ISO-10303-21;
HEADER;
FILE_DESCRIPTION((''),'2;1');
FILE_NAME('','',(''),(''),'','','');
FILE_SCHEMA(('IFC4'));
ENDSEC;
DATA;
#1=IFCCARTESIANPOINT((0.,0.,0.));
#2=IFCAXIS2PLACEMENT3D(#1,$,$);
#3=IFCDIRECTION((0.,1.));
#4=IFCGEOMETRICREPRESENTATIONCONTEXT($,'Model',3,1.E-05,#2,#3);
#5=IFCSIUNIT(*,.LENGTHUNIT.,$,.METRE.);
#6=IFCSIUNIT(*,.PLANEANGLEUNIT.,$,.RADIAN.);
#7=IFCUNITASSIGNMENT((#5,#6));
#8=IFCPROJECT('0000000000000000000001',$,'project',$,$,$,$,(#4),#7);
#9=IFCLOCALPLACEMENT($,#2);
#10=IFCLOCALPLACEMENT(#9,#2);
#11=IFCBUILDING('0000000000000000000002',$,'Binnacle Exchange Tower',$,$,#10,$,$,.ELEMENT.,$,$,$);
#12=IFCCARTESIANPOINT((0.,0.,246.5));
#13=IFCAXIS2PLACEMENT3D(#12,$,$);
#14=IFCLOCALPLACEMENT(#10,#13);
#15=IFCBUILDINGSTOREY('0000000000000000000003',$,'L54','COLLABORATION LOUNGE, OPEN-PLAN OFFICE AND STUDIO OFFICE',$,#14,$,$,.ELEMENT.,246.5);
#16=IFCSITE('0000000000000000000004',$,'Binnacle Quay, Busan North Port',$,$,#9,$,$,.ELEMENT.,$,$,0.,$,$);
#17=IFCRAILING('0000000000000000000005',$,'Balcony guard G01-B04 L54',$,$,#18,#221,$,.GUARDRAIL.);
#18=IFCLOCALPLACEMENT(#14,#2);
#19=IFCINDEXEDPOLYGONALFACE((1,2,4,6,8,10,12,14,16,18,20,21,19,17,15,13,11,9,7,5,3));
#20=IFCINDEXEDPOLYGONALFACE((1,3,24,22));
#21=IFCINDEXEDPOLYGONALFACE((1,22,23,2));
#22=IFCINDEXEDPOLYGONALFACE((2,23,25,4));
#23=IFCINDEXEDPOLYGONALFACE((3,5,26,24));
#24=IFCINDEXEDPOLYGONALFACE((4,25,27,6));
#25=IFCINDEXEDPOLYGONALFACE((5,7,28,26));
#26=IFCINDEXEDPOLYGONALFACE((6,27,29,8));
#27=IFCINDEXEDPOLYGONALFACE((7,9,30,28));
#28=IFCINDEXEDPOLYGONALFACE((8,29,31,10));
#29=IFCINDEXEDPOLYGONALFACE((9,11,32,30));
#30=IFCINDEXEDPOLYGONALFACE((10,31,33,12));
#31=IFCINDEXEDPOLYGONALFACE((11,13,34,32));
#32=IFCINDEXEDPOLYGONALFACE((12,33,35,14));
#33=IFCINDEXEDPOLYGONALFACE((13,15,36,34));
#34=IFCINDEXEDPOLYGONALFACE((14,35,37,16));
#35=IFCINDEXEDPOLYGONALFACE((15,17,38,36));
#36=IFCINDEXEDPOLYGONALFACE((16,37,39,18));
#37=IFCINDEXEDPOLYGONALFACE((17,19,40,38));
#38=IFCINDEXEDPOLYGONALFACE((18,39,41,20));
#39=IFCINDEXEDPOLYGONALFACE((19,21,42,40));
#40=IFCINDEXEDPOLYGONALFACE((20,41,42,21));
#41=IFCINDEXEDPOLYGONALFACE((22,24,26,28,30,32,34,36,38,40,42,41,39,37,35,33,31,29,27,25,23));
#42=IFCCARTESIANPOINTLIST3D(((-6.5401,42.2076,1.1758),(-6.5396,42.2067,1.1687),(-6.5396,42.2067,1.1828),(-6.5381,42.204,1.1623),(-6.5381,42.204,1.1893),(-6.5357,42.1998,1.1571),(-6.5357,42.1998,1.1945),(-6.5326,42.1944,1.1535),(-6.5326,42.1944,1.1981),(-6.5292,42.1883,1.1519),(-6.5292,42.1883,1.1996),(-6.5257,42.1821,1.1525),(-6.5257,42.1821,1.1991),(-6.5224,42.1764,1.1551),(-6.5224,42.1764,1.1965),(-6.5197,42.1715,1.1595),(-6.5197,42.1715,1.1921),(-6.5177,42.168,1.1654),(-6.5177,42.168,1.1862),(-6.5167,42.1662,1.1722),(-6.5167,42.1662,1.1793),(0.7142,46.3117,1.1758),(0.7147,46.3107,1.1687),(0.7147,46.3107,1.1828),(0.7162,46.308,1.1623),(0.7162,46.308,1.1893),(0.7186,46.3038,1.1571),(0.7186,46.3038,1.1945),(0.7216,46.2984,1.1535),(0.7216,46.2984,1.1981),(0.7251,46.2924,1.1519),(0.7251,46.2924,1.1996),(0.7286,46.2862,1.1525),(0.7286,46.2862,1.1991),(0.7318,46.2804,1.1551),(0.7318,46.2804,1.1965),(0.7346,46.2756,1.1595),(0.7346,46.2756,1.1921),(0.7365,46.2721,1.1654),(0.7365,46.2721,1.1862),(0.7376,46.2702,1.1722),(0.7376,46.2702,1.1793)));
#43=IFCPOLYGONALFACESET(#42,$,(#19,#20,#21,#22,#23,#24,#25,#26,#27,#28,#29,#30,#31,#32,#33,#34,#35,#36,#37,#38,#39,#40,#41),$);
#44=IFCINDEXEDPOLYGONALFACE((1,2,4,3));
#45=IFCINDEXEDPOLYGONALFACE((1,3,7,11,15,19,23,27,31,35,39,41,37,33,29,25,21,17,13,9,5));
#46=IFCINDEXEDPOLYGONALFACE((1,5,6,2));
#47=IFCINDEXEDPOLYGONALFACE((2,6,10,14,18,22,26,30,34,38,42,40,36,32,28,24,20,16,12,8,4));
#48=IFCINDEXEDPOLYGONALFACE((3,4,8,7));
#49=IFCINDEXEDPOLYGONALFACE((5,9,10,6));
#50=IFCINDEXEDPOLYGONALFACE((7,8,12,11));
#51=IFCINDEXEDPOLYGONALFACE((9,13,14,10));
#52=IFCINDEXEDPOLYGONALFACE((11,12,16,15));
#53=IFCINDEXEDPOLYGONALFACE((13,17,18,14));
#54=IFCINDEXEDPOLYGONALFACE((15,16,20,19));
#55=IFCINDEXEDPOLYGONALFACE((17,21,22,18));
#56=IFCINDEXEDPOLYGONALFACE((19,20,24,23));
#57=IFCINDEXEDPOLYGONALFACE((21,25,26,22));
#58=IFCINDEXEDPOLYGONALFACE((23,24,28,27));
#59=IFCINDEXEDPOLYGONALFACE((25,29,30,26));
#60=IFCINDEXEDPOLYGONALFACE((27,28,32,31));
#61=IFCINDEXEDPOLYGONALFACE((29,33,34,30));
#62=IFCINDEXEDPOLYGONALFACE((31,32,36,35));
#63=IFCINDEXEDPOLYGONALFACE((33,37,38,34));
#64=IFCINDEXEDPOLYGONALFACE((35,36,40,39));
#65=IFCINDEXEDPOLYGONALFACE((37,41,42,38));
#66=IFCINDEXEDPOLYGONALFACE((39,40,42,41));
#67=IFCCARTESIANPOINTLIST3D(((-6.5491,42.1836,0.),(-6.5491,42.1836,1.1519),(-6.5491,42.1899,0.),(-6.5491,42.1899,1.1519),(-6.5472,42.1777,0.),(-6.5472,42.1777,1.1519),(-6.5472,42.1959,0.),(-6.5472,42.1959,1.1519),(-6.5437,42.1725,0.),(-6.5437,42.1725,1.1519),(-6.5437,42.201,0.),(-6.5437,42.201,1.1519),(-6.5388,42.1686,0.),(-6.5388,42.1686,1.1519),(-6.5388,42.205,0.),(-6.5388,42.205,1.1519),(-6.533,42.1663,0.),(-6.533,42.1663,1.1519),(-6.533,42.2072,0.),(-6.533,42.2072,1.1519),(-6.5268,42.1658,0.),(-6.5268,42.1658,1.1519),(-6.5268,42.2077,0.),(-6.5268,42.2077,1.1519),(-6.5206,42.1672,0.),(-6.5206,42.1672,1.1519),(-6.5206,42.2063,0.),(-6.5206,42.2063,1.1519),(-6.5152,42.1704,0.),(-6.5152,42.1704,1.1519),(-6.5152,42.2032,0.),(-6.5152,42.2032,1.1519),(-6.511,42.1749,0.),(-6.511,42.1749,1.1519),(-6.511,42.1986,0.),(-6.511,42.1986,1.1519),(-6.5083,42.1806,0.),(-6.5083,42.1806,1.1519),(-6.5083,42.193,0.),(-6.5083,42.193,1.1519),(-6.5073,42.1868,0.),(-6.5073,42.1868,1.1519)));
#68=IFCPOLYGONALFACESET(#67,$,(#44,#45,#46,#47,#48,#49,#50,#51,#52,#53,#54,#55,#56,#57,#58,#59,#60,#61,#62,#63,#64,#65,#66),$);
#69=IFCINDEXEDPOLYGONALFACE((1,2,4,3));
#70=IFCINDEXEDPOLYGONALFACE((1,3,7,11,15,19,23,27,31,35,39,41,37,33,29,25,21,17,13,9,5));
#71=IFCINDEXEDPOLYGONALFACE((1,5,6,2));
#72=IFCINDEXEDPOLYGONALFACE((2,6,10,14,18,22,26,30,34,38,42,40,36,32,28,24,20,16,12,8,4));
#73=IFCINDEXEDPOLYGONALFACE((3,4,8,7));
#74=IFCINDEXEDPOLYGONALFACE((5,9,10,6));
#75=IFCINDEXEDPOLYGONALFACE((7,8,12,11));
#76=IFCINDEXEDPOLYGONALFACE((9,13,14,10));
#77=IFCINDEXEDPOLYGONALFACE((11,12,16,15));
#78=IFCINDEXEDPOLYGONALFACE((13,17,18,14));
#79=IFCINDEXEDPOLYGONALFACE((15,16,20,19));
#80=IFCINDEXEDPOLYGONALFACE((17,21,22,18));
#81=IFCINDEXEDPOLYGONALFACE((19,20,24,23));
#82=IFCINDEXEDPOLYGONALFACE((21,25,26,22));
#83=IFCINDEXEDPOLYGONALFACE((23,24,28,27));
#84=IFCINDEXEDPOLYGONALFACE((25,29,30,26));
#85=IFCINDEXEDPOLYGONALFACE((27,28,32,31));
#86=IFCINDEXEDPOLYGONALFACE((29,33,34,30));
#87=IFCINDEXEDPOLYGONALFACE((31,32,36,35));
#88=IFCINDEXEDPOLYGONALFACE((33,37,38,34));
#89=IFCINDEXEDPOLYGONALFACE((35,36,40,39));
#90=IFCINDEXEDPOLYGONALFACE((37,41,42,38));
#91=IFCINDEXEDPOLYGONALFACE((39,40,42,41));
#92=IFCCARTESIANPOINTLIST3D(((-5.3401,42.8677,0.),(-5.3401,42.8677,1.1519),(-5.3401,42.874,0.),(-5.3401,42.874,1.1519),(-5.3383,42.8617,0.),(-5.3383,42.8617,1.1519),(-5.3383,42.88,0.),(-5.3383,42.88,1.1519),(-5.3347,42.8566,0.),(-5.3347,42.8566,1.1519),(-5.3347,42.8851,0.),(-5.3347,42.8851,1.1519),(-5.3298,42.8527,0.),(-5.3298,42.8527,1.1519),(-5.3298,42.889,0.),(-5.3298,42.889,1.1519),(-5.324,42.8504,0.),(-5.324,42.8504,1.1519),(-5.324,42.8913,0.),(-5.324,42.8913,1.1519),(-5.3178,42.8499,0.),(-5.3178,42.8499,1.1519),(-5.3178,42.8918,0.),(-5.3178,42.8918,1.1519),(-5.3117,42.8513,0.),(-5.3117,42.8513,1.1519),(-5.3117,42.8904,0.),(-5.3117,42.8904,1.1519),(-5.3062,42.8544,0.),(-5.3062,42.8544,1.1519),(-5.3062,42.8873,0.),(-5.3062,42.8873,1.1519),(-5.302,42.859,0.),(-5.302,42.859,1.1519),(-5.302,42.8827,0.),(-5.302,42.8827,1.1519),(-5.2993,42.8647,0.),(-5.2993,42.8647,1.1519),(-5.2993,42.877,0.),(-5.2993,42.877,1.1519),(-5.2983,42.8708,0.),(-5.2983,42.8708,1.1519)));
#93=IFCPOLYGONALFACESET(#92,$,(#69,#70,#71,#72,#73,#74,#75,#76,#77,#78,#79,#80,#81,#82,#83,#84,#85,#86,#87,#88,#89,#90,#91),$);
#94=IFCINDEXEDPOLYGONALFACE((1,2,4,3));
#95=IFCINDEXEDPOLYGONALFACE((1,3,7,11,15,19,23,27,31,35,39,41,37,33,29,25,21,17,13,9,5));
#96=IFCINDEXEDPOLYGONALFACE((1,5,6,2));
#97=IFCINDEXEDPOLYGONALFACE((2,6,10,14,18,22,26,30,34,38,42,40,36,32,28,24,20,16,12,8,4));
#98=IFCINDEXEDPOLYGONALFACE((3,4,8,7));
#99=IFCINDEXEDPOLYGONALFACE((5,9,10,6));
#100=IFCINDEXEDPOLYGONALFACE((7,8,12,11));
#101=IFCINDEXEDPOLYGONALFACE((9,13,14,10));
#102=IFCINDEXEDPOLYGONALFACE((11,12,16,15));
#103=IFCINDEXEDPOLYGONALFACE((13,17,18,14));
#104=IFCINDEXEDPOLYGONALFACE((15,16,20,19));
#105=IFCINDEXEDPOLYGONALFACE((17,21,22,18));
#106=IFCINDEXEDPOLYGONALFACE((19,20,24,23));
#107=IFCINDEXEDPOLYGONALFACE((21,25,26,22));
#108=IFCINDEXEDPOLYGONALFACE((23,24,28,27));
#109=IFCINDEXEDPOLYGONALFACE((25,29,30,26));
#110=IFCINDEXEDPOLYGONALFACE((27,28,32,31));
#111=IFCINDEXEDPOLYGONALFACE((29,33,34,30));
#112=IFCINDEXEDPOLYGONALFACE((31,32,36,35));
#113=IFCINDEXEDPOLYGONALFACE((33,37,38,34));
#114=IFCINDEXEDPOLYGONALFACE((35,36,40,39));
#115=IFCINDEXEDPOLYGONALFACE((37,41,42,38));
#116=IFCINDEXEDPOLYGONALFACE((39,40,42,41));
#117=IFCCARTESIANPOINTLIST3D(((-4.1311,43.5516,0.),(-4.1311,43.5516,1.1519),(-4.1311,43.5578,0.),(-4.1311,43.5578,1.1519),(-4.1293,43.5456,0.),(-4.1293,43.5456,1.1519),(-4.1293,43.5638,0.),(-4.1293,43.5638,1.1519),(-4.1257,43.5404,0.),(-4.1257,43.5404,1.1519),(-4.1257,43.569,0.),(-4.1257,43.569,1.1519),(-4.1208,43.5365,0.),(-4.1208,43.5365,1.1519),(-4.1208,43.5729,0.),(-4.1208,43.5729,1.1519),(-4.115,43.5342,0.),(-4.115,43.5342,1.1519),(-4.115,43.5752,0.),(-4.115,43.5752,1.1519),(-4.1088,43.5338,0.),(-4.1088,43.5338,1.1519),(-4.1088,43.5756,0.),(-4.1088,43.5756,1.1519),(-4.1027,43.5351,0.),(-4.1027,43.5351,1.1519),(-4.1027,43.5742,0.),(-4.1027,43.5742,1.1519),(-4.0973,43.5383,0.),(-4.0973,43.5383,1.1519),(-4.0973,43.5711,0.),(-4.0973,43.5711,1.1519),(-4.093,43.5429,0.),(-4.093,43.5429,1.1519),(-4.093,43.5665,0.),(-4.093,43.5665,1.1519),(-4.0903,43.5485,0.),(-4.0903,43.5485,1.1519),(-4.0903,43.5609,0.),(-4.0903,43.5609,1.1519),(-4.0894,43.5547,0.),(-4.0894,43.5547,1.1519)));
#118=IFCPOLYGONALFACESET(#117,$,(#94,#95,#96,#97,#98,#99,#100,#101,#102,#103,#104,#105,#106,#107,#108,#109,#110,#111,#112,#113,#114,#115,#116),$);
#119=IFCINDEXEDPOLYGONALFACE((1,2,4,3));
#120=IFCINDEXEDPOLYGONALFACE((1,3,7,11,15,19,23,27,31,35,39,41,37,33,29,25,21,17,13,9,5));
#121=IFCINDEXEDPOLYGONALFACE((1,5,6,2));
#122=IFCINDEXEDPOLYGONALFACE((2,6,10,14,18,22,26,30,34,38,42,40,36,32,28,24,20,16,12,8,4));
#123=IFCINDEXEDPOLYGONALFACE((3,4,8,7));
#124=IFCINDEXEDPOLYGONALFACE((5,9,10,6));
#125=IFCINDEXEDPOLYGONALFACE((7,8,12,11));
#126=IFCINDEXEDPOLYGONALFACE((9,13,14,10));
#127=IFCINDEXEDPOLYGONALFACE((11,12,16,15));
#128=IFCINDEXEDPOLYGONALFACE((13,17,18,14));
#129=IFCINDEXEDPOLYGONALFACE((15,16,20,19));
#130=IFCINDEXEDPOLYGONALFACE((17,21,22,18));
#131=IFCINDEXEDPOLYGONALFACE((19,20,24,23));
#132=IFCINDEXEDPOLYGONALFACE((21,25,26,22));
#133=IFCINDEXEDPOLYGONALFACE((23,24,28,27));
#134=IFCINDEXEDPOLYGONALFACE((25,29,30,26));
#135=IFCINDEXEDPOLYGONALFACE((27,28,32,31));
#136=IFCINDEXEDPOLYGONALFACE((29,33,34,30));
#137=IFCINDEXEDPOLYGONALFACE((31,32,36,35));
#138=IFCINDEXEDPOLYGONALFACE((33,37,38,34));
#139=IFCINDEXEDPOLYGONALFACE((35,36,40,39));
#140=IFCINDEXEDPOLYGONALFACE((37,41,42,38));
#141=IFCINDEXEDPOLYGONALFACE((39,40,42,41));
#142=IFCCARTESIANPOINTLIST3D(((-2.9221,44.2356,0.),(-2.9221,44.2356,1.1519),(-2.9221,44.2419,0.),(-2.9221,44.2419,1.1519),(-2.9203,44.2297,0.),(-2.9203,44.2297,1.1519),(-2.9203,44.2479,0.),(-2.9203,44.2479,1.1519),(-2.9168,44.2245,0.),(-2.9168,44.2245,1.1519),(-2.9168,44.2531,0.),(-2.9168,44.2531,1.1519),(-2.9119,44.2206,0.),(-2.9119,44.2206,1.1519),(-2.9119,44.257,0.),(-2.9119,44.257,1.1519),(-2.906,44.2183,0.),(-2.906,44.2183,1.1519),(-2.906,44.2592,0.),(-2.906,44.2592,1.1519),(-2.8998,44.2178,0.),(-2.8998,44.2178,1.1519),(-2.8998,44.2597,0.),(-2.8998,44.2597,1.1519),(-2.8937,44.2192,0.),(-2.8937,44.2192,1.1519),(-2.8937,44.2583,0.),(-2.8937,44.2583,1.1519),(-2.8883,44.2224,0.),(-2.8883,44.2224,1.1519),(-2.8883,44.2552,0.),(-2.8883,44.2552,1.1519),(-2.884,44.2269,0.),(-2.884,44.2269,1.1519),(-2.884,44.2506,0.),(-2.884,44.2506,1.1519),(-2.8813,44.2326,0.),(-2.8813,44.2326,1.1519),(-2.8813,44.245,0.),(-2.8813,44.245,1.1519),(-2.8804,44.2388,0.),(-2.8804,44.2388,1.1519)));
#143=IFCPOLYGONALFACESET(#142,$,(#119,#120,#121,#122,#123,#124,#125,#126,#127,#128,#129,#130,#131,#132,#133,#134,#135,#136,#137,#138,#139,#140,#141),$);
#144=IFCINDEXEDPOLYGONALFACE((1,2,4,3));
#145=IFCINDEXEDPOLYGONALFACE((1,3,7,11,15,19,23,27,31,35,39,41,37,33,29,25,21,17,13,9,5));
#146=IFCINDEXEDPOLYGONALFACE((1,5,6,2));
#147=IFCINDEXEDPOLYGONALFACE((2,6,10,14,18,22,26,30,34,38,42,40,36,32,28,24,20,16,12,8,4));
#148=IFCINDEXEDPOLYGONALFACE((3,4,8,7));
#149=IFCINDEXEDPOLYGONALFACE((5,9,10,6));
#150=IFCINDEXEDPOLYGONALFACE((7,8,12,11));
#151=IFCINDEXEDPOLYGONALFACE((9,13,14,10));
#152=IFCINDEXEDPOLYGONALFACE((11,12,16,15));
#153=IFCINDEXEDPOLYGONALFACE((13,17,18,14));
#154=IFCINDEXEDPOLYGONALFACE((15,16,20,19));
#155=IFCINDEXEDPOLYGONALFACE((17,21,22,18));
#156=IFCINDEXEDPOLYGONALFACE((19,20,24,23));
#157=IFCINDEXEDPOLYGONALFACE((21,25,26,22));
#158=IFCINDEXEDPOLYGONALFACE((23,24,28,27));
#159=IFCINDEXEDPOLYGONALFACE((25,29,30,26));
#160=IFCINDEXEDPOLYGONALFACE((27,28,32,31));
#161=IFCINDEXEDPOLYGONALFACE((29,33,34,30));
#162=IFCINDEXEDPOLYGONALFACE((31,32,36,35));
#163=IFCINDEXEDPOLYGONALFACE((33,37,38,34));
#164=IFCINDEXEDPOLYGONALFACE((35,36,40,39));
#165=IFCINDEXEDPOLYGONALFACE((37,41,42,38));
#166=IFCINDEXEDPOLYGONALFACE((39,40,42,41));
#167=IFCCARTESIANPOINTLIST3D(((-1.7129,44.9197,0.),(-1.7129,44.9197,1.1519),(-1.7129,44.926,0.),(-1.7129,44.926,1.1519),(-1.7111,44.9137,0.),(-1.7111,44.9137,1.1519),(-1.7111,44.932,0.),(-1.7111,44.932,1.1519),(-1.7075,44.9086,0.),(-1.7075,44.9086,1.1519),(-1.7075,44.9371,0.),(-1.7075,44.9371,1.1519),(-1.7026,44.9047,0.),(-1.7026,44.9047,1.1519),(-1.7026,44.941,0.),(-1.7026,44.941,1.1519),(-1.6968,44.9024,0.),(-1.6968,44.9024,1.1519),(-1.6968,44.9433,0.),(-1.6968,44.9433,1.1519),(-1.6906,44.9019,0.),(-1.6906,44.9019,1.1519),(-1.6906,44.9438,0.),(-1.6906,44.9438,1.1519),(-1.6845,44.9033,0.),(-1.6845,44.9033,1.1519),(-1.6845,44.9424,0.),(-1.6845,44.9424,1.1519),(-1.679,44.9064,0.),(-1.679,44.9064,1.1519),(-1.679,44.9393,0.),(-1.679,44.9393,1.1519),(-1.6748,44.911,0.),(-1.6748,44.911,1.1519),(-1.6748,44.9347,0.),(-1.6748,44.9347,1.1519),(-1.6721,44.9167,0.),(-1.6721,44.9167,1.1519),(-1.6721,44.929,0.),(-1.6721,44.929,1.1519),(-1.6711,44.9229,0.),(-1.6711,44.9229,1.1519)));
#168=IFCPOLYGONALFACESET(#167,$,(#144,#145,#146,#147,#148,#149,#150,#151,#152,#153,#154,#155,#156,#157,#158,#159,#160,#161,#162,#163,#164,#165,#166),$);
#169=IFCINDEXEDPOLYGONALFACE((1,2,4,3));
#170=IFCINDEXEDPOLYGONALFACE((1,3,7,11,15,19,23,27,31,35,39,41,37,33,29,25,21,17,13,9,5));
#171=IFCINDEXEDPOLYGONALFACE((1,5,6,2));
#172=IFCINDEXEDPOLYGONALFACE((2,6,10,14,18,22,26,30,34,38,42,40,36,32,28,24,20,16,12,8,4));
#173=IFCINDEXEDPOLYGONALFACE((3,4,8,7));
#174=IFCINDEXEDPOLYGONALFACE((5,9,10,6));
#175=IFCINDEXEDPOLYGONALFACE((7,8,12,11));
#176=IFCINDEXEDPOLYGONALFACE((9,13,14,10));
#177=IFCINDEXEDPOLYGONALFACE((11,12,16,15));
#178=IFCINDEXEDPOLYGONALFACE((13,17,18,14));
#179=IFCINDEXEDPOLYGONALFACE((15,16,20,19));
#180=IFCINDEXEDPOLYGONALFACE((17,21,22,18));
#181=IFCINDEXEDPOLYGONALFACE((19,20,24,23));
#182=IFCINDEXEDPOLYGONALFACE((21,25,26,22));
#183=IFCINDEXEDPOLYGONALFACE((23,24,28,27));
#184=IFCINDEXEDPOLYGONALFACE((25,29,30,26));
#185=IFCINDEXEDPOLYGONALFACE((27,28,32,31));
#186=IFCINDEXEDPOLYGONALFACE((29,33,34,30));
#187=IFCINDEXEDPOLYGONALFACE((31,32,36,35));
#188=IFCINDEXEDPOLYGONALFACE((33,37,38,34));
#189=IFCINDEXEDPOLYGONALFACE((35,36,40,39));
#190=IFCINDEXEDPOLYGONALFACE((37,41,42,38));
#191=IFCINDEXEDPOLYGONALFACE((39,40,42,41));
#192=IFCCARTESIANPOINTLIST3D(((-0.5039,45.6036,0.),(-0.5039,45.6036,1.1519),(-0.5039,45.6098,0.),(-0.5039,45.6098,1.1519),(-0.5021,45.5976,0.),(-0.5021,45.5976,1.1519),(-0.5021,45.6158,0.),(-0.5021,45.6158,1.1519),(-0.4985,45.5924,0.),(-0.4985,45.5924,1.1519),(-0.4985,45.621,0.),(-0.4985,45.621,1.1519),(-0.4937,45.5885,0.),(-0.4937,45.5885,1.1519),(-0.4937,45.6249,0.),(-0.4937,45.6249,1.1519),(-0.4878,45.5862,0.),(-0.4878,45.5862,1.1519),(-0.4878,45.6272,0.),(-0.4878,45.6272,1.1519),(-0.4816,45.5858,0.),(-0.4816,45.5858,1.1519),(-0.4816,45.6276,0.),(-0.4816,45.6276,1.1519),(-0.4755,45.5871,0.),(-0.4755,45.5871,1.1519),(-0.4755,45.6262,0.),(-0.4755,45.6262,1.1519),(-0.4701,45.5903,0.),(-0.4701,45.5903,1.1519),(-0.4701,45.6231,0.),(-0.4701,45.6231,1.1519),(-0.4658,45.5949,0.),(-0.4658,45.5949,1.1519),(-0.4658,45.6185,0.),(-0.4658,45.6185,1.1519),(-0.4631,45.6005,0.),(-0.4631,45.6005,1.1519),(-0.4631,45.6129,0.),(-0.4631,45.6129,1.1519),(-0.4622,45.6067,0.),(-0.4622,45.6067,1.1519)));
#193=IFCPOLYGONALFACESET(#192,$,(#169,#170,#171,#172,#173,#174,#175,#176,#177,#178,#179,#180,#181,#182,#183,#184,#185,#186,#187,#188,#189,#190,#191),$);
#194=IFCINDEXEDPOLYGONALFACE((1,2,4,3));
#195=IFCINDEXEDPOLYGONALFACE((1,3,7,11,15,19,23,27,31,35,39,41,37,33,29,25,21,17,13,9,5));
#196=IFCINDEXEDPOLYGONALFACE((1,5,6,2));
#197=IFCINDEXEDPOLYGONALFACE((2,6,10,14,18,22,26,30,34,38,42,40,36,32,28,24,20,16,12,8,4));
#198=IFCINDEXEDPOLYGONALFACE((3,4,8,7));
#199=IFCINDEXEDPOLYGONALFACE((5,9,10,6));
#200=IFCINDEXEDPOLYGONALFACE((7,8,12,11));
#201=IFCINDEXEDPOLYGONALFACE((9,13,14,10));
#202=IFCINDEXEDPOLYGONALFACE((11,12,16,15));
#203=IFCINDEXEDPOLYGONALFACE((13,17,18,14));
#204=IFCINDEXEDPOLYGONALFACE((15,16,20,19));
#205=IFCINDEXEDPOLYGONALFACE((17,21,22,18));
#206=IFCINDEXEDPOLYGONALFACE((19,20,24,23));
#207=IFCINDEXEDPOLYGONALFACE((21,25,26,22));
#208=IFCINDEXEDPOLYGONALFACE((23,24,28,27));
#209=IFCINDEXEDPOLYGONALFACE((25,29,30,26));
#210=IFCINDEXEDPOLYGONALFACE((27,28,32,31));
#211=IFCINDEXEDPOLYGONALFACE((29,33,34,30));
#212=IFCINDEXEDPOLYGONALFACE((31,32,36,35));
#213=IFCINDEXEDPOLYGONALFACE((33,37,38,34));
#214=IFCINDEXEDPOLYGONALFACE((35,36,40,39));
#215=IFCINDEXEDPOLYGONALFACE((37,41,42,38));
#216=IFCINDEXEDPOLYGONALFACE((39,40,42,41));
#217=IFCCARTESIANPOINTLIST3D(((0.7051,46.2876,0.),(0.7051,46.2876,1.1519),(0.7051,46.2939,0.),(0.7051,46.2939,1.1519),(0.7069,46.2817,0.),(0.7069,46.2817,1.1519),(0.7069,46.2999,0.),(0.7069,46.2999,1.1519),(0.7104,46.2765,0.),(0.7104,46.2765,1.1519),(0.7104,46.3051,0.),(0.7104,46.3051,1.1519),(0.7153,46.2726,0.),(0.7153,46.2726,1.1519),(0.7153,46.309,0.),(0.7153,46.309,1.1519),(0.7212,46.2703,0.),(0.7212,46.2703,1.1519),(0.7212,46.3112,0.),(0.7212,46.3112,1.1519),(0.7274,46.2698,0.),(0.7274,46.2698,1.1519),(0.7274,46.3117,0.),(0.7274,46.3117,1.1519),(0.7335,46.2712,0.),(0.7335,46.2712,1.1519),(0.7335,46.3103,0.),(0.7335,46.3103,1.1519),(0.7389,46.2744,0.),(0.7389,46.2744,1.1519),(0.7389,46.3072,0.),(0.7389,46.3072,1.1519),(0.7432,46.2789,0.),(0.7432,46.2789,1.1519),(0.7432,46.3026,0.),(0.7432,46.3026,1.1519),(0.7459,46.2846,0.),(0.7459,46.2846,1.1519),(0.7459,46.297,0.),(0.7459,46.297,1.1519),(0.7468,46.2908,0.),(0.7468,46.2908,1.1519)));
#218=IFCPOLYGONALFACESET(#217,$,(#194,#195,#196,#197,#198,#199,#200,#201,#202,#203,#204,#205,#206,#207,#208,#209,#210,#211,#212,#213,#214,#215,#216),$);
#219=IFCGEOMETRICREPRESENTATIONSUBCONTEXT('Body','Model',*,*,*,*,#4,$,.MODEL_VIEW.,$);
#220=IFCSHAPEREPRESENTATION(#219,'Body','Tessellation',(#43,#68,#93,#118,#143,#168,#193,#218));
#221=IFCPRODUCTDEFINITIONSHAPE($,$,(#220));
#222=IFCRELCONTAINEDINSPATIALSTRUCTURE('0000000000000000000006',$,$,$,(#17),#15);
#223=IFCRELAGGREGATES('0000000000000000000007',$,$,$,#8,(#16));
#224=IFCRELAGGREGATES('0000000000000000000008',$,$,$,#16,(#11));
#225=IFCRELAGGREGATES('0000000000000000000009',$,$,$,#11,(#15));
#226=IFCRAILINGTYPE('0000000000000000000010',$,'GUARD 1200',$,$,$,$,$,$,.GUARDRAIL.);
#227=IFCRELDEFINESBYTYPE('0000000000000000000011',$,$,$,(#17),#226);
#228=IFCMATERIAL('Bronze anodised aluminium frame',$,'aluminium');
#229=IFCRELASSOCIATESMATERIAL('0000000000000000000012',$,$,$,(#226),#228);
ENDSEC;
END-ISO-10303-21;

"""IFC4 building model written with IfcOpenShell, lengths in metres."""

from ifc_helpers import new_model, si_unit, direction, frame, origin, origin_2d, place, context, subcontext, project, spatial, circle, extrude, material, type_object, element, save


model = new_model("IFC4")

# Units and contexts
model_context = context("Model", 3, precision=1e-05, world=origin(), true_north=direction((0.0, 1.0)))
body_context = subcontext(model_context, "Body", "Model", "MODEL_VIEW")
ifc_project = project(units=[si_unit("LENGTHUNIT", "METRE"), si_unit("PLANEANGLEUNIT", "RADIAN")], contexts=[model_context])

# Site, building, storey
site_placement = place(None, origin())
site = spatial("IfcSite", under=ifc_project, at=site_placement, Name="Binnacle Quay, Busan North Port", CompositionType="ELEMENT", RefElevation=0.0)
building_placement = place(site_placement, origin())
building = spatial("IfcBuilding", under=site, at=building_placement, Name="Binnacle Exchange Tower", CompositionType="ELEMENT")
storey_placement = place(building_placement, frame((0.0, 0.0, 246.5)))
storey = spatial("IfcBuildingStorey", under=building, at=storey_placement, Name="L54", Description="COLLABORATION LOUNGE, OPEN-PLAN OFFICE AND STUDIO OFFICE", CompositionType="ELEMENT", Elevation=246.5)

# Railing
ifc_material_1 = material(Name="Bronze anodised aluminium frame", Category="aluminium")
railing_type = type_object("IfcRailingType", Name="GUARD 1200", PredefinedType="GUARDRAIL", material=ifc_material_1)
railing_1_placement = place(storey_placement, frame((-6.5283, 42.1868, 0.0)))
element("IfcRailing", 1, at=railing_1_placement, inside=storey, type_object=railing_type, Name="Balcony guard G01-B04 L54", PredefinedType="GUARDRAIL", context=body_context, shape_type="SweptSolid", body=[
    extrude(circle(Radius=0.0239, at=origin_2d()), frame((0.0, 0.0, 1.1758), z_axis=(0.870366, 0.492406, 0.0), x_axis=(-0.492406, 0.870366, 0.0)), (0.0, 0.0, 1.0), 8.3347),
    extrude(circle(Radius=0.021, at=origin_2d()), origin(), (0.0, 0.0, 1.0), 1.1519),
    extrude(circle(Radius=0.021, at=origin_2d()), frame((1.209, 0.6841, 0.0)), (0.0, 0.0, 1.0), 1.1519),
    extrude(circle(Radius=0.021, at=origin_2d()), frame((2.418, 1.3679, 0.0)), (0.0, 0.0, 1.0), 1.1519),
    extrude(circle(Radius=0.021, at=origin_2d()), frame((3.627, 2.052, 0.0)), (0.0, 0.0, 1.0), 1.1519),
    extrude(circle(Radius=0.021, at=origin_2d()), frame((4.8362, 2.7361, 0.0)), (0.0, 0.0, 1.0), 1.1519),
    extrude(circle(Radius=0.021, at=origin_2d()), frame((6.0452, 3.4199, 0.0)), (0.0, 0.0, 1.0), 1.1519),
    extrude(circle(Radius=0.021, at=origin_2d()), frame((7.2542, 4.104, 0.0)), (0.0, 0.0, 1.0), 1.1519),
])

save(model, "model.ifc")
